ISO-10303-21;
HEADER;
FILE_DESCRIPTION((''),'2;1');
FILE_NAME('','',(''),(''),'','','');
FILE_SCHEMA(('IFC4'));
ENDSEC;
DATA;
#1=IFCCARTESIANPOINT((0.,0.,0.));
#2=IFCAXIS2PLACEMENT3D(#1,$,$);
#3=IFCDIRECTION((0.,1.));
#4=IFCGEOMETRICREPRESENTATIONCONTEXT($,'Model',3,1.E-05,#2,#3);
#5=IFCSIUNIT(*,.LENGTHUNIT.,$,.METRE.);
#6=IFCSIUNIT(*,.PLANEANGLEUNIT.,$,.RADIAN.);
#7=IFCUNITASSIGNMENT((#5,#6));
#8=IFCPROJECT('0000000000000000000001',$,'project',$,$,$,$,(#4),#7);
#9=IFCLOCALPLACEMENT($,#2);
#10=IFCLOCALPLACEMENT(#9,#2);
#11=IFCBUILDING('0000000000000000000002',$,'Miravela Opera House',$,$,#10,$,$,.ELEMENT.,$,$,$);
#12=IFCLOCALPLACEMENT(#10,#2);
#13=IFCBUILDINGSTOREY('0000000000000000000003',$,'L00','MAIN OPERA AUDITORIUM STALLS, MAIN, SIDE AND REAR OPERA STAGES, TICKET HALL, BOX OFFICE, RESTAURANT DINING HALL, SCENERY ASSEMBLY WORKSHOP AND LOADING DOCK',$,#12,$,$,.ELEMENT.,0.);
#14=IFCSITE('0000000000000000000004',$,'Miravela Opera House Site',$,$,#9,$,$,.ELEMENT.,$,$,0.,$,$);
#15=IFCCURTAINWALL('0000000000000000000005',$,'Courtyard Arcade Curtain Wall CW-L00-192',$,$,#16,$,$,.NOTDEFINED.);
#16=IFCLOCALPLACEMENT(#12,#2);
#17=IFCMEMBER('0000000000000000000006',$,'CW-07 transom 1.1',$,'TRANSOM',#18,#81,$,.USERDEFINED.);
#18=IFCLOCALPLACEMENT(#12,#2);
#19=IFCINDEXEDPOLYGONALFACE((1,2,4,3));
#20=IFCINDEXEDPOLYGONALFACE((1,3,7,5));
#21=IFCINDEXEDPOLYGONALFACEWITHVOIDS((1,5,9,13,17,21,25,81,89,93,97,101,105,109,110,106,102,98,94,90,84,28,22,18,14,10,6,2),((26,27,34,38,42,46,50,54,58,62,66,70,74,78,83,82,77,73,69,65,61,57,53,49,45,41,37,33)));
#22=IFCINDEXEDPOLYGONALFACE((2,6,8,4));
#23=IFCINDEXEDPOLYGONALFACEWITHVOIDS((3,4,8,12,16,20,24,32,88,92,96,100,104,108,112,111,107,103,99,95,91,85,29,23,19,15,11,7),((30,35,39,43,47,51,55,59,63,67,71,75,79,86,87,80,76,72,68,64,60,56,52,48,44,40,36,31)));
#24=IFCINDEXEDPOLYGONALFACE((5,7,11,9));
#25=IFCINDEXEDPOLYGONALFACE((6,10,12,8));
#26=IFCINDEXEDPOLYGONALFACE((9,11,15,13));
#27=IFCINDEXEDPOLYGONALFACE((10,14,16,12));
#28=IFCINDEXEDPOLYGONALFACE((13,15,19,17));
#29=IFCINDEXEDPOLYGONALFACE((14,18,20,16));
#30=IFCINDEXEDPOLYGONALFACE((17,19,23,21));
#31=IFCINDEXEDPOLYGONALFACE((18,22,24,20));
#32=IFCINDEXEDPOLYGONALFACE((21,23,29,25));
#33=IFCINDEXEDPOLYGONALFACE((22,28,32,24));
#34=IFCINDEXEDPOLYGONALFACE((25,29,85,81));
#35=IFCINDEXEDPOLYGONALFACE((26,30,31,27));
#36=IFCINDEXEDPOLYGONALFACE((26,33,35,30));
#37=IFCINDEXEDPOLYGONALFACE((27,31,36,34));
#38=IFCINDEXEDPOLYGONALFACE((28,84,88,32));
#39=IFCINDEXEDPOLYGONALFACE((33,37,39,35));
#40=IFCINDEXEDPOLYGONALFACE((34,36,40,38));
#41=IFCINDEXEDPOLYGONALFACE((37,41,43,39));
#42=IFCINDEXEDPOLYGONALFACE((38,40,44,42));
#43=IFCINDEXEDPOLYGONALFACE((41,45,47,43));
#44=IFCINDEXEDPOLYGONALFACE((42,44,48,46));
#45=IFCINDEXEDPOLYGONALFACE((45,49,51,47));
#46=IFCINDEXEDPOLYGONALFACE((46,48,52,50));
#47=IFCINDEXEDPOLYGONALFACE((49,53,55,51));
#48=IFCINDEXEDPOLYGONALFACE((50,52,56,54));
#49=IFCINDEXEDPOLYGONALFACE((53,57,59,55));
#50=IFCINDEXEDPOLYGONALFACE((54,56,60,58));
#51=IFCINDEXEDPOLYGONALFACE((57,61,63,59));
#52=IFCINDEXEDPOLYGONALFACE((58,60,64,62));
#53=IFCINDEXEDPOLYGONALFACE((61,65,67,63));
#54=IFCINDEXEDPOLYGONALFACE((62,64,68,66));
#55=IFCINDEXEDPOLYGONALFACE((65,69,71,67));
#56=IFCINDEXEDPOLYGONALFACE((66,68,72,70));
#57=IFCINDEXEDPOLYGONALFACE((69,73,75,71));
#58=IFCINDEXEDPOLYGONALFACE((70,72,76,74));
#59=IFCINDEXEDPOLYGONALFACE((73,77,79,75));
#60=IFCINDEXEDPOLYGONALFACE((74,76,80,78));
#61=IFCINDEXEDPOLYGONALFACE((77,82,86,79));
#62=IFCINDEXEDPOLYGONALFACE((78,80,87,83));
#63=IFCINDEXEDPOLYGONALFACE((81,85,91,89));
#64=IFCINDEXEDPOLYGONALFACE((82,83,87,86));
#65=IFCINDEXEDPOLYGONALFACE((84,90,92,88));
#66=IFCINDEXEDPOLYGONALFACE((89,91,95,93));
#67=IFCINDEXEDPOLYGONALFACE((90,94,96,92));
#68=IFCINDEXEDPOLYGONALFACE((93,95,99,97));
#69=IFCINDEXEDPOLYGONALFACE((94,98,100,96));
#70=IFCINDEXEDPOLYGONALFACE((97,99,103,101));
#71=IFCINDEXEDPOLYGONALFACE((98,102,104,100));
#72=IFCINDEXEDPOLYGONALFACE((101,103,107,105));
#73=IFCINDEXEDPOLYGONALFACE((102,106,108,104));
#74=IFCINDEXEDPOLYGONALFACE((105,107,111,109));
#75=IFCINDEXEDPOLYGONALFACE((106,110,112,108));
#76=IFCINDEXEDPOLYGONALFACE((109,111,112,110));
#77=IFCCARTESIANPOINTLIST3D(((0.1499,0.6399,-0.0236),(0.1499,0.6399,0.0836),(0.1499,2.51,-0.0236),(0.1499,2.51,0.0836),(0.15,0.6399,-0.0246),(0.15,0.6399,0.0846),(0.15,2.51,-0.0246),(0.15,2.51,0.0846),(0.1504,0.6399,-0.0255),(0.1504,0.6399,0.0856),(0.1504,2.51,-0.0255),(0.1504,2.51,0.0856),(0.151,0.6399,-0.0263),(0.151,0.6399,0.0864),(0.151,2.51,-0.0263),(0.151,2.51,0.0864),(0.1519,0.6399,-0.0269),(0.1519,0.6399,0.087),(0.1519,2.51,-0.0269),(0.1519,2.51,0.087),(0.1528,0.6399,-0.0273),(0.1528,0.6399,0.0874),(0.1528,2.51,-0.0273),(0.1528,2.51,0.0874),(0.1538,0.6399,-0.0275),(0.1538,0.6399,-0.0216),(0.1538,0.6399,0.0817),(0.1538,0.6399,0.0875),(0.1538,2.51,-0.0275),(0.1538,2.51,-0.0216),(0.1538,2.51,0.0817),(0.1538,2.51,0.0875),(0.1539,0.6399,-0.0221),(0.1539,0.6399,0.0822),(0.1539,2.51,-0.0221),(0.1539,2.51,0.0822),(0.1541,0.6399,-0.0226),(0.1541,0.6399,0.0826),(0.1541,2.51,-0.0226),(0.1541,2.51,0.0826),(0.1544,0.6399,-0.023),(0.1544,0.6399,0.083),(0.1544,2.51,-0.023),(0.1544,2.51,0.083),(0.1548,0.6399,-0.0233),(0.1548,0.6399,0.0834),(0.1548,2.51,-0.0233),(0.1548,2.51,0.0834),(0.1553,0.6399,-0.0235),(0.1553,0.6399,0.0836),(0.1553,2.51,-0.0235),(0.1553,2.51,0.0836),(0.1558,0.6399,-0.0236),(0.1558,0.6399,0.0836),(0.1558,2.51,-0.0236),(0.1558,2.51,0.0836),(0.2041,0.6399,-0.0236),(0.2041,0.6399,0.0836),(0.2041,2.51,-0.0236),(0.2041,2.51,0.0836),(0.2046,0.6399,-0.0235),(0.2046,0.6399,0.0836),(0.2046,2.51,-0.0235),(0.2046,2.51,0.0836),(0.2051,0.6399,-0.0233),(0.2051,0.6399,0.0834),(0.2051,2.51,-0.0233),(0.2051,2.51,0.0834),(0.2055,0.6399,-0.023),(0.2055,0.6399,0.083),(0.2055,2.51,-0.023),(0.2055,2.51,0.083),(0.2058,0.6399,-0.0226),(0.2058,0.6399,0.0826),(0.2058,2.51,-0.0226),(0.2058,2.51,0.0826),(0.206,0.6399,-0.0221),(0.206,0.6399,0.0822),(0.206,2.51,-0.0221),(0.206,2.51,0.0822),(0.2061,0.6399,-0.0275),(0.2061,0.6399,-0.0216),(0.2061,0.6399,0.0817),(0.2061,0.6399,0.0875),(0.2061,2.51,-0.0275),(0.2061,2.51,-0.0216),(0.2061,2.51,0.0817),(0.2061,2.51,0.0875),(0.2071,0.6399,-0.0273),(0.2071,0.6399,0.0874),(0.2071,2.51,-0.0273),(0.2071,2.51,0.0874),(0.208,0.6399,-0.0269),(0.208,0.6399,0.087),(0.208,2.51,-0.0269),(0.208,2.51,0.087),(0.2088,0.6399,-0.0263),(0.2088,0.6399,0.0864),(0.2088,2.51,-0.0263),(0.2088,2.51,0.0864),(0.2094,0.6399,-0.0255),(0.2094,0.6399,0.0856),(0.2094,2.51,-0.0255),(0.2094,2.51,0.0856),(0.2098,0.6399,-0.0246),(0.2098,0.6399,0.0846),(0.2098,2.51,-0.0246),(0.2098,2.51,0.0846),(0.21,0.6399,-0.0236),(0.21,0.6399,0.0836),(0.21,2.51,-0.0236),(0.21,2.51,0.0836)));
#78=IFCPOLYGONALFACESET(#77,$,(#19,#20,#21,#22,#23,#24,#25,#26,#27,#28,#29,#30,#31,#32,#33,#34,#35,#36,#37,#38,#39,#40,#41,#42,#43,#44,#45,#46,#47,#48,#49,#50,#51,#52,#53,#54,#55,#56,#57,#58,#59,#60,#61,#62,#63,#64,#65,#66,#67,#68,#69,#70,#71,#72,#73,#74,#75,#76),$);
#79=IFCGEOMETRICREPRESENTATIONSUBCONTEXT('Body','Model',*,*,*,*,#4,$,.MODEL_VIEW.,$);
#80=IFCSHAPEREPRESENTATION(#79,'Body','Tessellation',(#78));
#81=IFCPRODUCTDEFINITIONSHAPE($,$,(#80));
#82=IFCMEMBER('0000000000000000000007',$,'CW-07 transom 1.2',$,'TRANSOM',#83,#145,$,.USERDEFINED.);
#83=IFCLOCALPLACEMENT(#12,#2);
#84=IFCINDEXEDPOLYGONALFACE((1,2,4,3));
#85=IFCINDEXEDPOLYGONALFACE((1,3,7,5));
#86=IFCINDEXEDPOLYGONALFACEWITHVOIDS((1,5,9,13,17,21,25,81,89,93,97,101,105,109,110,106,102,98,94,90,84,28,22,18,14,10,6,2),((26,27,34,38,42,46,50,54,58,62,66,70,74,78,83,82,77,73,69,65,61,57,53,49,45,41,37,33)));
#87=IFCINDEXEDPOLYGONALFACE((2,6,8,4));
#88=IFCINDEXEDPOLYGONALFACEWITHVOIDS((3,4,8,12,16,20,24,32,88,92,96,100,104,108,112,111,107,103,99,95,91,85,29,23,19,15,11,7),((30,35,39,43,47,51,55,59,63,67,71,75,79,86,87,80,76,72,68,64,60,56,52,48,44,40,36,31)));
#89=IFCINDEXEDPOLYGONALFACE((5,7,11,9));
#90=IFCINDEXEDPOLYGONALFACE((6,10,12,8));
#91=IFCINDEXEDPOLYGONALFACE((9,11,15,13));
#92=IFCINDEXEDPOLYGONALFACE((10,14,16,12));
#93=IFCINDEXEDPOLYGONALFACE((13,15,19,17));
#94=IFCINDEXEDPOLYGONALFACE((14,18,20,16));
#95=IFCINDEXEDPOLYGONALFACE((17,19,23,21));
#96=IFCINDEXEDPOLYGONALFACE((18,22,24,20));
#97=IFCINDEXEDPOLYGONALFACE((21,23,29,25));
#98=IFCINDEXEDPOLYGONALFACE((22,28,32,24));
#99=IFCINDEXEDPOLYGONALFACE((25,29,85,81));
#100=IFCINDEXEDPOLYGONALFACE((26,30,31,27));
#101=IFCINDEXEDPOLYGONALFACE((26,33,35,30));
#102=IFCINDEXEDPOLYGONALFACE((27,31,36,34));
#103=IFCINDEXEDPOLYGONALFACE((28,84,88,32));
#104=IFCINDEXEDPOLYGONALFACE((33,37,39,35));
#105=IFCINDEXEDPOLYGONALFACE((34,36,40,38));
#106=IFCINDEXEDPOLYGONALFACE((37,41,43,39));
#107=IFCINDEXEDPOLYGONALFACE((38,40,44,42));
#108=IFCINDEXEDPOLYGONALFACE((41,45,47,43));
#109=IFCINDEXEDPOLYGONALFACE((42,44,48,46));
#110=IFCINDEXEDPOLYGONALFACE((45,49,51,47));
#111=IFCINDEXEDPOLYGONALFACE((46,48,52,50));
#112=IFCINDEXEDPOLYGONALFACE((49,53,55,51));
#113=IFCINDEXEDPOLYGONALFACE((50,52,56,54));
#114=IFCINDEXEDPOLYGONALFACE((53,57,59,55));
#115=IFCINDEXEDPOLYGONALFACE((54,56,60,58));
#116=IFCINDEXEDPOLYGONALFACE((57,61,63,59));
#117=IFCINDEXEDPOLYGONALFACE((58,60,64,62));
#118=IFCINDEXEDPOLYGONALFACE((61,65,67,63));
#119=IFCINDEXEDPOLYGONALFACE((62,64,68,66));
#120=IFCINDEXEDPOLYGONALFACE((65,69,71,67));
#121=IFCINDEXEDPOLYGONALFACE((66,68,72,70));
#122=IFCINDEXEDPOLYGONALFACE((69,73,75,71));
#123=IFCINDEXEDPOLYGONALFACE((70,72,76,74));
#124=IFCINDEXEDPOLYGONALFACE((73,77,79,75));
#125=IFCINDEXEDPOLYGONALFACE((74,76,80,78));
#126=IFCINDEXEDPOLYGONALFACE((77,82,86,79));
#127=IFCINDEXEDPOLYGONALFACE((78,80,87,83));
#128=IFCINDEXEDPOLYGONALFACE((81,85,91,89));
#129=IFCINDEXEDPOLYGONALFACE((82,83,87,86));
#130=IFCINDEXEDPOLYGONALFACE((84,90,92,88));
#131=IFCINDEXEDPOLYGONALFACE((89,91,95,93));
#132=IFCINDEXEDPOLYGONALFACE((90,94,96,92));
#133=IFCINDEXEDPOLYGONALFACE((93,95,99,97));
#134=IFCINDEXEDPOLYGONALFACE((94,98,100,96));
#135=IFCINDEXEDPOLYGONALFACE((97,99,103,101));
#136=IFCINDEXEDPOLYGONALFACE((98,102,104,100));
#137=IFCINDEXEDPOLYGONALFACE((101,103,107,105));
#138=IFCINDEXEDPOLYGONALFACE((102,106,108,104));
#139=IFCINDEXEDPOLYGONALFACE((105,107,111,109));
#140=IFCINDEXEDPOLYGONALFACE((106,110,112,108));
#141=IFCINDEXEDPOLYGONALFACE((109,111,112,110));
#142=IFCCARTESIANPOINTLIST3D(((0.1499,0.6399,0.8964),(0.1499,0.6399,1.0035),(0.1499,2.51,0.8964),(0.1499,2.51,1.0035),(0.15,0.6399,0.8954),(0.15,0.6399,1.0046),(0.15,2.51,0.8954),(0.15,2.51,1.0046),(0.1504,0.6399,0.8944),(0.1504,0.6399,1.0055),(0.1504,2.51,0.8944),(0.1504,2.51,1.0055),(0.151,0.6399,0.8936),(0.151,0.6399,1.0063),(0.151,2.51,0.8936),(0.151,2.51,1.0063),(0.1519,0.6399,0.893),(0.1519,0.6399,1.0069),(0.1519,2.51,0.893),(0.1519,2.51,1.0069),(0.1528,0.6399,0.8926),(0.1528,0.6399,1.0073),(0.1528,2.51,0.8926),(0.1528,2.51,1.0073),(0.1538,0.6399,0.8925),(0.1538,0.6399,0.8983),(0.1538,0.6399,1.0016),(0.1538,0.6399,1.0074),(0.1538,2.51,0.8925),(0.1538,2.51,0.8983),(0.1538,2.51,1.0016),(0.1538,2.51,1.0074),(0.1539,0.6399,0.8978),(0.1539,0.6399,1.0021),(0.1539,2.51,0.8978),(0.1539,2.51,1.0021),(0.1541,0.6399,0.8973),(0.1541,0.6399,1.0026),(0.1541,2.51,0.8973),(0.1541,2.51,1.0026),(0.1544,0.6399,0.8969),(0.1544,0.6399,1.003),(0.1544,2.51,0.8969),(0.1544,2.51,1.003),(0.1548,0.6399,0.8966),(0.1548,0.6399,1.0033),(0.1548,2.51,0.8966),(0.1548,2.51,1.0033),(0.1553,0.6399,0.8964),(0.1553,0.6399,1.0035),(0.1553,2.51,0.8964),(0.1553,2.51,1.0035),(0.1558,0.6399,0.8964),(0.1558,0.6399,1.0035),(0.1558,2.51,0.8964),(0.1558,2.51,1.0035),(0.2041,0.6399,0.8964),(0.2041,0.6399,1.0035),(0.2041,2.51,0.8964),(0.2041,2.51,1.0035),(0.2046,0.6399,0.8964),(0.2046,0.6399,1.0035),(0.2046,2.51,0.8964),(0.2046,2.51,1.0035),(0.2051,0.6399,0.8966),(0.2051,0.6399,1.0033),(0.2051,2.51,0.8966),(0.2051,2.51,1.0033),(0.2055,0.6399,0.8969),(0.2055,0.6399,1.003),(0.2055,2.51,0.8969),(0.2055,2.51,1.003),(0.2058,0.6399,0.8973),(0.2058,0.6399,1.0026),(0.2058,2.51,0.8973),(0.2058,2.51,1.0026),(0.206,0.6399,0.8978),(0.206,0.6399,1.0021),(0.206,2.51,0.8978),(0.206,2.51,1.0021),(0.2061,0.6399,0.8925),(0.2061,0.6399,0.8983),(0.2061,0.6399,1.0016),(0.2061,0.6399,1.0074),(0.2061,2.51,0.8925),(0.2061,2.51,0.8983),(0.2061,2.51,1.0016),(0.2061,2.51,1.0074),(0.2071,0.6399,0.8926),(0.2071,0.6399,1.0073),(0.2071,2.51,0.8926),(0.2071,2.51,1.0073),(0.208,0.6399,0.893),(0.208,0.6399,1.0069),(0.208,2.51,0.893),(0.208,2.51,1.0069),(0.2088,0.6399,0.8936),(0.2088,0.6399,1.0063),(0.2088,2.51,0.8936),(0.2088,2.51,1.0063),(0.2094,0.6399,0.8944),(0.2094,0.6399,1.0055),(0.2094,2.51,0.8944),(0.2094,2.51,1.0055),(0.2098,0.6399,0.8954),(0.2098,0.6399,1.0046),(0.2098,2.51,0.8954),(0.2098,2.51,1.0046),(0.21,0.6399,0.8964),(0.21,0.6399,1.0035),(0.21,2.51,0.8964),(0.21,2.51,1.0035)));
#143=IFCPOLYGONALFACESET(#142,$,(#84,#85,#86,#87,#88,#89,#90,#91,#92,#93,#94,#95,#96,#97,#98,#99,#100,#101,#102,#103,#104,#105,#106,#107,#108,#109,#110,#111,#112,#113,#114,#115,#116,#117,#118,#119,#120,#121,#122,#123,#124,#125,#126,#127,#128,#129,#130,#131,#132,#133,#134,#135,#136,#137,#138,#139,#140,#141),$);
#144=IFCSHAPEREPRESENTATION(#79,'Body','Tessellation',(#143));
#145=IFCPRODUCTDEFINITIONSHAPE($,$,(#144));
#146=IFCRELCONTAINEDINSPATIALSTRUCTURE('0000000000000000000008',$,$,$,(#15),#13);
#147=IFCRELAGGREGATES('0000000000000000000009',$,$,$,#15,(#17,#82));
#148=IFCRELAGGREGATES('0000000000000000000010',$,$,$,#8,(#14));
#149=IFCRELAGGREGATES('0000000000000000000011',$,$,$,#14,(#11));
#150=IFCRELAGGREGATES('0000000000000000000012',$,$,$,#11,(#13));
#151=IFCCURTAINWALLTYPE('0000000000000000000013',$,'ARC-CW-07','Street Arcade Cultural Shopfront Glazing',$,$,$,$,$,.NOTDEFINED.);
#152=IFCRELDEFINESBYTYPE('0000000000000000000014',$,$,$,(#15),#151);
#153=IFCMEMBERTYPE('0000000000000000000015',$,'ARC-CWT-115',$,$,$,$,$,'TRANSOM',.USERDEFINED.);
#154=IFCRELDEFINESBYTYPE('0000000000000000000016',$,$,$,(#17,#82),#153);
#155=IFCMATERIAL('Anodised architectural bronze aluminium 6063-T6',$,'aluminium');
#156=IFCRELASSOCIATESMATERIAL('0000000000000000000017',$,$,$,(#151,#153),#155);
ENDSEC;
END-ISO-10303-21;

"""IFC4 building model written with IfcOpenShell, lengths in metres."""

from ifc_helpers import new_model, si_unit, direction, frame, origin, origin_2d, place, context, subcontext, project, spatial, hollow_rectangle, extrude, material, material_profile, profile_set, type_object, element, aggregate, save


model = new_model("IFC4")

# Units and contexts
model_context = context("Model", 3, precision=1e-05, world=origin(), true_north=direction((0.0, 1.0)))
body_context = subcontext(model_context, "Body", "Model", "MODEL_VIEW")
ifc_project = project(units=[si_unit("LENGTHUNIT", "METRE"), si_unit("PLANEANGLEUNIT", "RADIAN")], contexts=[model_context])

# Site, building, storey
site_placement = place(None, origin())
site = spatial("IfcSite", under=ifc_project, at=site_placement, Name="Miravela Opera House Site", CompositionType="ELEMENT", RefElevation=0.0)
building_placement = place(site_placement, origin())
building = spatial("IfcBuilding", under=site, at=building_placement, Name="Miravela Opera House", CompositionType="ELEMENT")
storey_placement = place(building_placement, origin())
storey = spatial("IfcBuildingStorey", under=building, at=storey_placement, Name="L00", Description="MAIN OPERA AUDITORIUM STALLS, MAIN, SIDE AND REAR OPERA STAGES, TICKET HALL, BOX OFFICE, RESTAURANT DINING HALL, SCENERY ASSEMBLY WORKSHOP AND LOADING DOCK", CompositionType="ELEMENT", Elevation=0.0)

# Curtain wall, members
ifc_material_1 = material(Name="Anodised architectural bronze aluminium 6063-T6", Category="aluminium")
curtain_wall_type = type_object("IfcCurtainWallType", Name="ARC-CW-07", Description="Street Arcade Cultural Shopfront Glazing", PredefinedType="NOTDEFINED", material=ifc_material_1)
curtain_wall_placement = place(storey_placement, origin())
curtain_wall = element("IfcCurtainWall", 1, at=curtain_wall_placement, inside=storey, type_object=curtain_wall_type, Name="Courtyard Arcade Curtain Wall CW-L00-192", PredefinedType="NOTDEFINED")
ifc_material_profile_1 = material_profile(ifc_material_1, hollow_rectangle(XDim=0.0601, YDim=0.115, WallThickness=0.0039, InnerFilletRadius=0.002, OuterFilletRadius=0.0039, at=origin_2d()), Name="CWT-60X115")
ifc_profile_set_1 = profile_set([ifc_material_profile_1])
member_type_1 = type_object("IfcMemberType", Name="ARC-CWT-115", ElementType="TRANSOM", PredefinedType="USERDEFINED", material=ifc_profile_set_1)
member_1_placement = place(storey_placement, frame((0.1799, 0.6399, 0.03), z_axis=(0.0, 1.0, 0.0), x_axis=(-1.0, 0.0, 0.0)))
member_1 = element("IfcMember", 2, at=member_1_placement, type_object=member_type_1, Name="CW-07 transom 1.1", ObjectType="TRANSOM", PredefinedType="USERDEFINED", context=body_context, shape_type="SweptSolid", body=[
    extrude(hollow_rectangle(XDim=0.0601, YDim=0.115, WallThickness=0.0039, InnerFilletRadius=0.002, OuterFilletRadius=0.0039, at=origin_2d()), origin(), (0.0, 0.0, 1.0), 1.8701),
])
member_2_placement = place(storey_placement, frame((0.1799, 0.6399, 0.95), z_axis=(0.0, 1.0, 0.0), x_axis=(-1.0, 0.0, 0.0)))
member_2 = element("IfcMember", 3, at=member_2_placement, type_object=member_type_1, Name="CW-07 transom 1.2", ObjectType="TRANSOM", PredefinedType="USERDEFINED", context=body_context, shape_type="SweptSolid", body=[
    extrude(hollow_rectangle(XDim=0.0601, YDim=0.115, WallThickness=0.0039, InnerFilletRadius=0.002, OuterFilletRadius=0.0039, at=origin_2d()), origin(), (0.0, 0.0, 1.0), 1.8701),
])

aggregate(curtain_wall, [member_1, member_2])

save(model, "model.ifc")
